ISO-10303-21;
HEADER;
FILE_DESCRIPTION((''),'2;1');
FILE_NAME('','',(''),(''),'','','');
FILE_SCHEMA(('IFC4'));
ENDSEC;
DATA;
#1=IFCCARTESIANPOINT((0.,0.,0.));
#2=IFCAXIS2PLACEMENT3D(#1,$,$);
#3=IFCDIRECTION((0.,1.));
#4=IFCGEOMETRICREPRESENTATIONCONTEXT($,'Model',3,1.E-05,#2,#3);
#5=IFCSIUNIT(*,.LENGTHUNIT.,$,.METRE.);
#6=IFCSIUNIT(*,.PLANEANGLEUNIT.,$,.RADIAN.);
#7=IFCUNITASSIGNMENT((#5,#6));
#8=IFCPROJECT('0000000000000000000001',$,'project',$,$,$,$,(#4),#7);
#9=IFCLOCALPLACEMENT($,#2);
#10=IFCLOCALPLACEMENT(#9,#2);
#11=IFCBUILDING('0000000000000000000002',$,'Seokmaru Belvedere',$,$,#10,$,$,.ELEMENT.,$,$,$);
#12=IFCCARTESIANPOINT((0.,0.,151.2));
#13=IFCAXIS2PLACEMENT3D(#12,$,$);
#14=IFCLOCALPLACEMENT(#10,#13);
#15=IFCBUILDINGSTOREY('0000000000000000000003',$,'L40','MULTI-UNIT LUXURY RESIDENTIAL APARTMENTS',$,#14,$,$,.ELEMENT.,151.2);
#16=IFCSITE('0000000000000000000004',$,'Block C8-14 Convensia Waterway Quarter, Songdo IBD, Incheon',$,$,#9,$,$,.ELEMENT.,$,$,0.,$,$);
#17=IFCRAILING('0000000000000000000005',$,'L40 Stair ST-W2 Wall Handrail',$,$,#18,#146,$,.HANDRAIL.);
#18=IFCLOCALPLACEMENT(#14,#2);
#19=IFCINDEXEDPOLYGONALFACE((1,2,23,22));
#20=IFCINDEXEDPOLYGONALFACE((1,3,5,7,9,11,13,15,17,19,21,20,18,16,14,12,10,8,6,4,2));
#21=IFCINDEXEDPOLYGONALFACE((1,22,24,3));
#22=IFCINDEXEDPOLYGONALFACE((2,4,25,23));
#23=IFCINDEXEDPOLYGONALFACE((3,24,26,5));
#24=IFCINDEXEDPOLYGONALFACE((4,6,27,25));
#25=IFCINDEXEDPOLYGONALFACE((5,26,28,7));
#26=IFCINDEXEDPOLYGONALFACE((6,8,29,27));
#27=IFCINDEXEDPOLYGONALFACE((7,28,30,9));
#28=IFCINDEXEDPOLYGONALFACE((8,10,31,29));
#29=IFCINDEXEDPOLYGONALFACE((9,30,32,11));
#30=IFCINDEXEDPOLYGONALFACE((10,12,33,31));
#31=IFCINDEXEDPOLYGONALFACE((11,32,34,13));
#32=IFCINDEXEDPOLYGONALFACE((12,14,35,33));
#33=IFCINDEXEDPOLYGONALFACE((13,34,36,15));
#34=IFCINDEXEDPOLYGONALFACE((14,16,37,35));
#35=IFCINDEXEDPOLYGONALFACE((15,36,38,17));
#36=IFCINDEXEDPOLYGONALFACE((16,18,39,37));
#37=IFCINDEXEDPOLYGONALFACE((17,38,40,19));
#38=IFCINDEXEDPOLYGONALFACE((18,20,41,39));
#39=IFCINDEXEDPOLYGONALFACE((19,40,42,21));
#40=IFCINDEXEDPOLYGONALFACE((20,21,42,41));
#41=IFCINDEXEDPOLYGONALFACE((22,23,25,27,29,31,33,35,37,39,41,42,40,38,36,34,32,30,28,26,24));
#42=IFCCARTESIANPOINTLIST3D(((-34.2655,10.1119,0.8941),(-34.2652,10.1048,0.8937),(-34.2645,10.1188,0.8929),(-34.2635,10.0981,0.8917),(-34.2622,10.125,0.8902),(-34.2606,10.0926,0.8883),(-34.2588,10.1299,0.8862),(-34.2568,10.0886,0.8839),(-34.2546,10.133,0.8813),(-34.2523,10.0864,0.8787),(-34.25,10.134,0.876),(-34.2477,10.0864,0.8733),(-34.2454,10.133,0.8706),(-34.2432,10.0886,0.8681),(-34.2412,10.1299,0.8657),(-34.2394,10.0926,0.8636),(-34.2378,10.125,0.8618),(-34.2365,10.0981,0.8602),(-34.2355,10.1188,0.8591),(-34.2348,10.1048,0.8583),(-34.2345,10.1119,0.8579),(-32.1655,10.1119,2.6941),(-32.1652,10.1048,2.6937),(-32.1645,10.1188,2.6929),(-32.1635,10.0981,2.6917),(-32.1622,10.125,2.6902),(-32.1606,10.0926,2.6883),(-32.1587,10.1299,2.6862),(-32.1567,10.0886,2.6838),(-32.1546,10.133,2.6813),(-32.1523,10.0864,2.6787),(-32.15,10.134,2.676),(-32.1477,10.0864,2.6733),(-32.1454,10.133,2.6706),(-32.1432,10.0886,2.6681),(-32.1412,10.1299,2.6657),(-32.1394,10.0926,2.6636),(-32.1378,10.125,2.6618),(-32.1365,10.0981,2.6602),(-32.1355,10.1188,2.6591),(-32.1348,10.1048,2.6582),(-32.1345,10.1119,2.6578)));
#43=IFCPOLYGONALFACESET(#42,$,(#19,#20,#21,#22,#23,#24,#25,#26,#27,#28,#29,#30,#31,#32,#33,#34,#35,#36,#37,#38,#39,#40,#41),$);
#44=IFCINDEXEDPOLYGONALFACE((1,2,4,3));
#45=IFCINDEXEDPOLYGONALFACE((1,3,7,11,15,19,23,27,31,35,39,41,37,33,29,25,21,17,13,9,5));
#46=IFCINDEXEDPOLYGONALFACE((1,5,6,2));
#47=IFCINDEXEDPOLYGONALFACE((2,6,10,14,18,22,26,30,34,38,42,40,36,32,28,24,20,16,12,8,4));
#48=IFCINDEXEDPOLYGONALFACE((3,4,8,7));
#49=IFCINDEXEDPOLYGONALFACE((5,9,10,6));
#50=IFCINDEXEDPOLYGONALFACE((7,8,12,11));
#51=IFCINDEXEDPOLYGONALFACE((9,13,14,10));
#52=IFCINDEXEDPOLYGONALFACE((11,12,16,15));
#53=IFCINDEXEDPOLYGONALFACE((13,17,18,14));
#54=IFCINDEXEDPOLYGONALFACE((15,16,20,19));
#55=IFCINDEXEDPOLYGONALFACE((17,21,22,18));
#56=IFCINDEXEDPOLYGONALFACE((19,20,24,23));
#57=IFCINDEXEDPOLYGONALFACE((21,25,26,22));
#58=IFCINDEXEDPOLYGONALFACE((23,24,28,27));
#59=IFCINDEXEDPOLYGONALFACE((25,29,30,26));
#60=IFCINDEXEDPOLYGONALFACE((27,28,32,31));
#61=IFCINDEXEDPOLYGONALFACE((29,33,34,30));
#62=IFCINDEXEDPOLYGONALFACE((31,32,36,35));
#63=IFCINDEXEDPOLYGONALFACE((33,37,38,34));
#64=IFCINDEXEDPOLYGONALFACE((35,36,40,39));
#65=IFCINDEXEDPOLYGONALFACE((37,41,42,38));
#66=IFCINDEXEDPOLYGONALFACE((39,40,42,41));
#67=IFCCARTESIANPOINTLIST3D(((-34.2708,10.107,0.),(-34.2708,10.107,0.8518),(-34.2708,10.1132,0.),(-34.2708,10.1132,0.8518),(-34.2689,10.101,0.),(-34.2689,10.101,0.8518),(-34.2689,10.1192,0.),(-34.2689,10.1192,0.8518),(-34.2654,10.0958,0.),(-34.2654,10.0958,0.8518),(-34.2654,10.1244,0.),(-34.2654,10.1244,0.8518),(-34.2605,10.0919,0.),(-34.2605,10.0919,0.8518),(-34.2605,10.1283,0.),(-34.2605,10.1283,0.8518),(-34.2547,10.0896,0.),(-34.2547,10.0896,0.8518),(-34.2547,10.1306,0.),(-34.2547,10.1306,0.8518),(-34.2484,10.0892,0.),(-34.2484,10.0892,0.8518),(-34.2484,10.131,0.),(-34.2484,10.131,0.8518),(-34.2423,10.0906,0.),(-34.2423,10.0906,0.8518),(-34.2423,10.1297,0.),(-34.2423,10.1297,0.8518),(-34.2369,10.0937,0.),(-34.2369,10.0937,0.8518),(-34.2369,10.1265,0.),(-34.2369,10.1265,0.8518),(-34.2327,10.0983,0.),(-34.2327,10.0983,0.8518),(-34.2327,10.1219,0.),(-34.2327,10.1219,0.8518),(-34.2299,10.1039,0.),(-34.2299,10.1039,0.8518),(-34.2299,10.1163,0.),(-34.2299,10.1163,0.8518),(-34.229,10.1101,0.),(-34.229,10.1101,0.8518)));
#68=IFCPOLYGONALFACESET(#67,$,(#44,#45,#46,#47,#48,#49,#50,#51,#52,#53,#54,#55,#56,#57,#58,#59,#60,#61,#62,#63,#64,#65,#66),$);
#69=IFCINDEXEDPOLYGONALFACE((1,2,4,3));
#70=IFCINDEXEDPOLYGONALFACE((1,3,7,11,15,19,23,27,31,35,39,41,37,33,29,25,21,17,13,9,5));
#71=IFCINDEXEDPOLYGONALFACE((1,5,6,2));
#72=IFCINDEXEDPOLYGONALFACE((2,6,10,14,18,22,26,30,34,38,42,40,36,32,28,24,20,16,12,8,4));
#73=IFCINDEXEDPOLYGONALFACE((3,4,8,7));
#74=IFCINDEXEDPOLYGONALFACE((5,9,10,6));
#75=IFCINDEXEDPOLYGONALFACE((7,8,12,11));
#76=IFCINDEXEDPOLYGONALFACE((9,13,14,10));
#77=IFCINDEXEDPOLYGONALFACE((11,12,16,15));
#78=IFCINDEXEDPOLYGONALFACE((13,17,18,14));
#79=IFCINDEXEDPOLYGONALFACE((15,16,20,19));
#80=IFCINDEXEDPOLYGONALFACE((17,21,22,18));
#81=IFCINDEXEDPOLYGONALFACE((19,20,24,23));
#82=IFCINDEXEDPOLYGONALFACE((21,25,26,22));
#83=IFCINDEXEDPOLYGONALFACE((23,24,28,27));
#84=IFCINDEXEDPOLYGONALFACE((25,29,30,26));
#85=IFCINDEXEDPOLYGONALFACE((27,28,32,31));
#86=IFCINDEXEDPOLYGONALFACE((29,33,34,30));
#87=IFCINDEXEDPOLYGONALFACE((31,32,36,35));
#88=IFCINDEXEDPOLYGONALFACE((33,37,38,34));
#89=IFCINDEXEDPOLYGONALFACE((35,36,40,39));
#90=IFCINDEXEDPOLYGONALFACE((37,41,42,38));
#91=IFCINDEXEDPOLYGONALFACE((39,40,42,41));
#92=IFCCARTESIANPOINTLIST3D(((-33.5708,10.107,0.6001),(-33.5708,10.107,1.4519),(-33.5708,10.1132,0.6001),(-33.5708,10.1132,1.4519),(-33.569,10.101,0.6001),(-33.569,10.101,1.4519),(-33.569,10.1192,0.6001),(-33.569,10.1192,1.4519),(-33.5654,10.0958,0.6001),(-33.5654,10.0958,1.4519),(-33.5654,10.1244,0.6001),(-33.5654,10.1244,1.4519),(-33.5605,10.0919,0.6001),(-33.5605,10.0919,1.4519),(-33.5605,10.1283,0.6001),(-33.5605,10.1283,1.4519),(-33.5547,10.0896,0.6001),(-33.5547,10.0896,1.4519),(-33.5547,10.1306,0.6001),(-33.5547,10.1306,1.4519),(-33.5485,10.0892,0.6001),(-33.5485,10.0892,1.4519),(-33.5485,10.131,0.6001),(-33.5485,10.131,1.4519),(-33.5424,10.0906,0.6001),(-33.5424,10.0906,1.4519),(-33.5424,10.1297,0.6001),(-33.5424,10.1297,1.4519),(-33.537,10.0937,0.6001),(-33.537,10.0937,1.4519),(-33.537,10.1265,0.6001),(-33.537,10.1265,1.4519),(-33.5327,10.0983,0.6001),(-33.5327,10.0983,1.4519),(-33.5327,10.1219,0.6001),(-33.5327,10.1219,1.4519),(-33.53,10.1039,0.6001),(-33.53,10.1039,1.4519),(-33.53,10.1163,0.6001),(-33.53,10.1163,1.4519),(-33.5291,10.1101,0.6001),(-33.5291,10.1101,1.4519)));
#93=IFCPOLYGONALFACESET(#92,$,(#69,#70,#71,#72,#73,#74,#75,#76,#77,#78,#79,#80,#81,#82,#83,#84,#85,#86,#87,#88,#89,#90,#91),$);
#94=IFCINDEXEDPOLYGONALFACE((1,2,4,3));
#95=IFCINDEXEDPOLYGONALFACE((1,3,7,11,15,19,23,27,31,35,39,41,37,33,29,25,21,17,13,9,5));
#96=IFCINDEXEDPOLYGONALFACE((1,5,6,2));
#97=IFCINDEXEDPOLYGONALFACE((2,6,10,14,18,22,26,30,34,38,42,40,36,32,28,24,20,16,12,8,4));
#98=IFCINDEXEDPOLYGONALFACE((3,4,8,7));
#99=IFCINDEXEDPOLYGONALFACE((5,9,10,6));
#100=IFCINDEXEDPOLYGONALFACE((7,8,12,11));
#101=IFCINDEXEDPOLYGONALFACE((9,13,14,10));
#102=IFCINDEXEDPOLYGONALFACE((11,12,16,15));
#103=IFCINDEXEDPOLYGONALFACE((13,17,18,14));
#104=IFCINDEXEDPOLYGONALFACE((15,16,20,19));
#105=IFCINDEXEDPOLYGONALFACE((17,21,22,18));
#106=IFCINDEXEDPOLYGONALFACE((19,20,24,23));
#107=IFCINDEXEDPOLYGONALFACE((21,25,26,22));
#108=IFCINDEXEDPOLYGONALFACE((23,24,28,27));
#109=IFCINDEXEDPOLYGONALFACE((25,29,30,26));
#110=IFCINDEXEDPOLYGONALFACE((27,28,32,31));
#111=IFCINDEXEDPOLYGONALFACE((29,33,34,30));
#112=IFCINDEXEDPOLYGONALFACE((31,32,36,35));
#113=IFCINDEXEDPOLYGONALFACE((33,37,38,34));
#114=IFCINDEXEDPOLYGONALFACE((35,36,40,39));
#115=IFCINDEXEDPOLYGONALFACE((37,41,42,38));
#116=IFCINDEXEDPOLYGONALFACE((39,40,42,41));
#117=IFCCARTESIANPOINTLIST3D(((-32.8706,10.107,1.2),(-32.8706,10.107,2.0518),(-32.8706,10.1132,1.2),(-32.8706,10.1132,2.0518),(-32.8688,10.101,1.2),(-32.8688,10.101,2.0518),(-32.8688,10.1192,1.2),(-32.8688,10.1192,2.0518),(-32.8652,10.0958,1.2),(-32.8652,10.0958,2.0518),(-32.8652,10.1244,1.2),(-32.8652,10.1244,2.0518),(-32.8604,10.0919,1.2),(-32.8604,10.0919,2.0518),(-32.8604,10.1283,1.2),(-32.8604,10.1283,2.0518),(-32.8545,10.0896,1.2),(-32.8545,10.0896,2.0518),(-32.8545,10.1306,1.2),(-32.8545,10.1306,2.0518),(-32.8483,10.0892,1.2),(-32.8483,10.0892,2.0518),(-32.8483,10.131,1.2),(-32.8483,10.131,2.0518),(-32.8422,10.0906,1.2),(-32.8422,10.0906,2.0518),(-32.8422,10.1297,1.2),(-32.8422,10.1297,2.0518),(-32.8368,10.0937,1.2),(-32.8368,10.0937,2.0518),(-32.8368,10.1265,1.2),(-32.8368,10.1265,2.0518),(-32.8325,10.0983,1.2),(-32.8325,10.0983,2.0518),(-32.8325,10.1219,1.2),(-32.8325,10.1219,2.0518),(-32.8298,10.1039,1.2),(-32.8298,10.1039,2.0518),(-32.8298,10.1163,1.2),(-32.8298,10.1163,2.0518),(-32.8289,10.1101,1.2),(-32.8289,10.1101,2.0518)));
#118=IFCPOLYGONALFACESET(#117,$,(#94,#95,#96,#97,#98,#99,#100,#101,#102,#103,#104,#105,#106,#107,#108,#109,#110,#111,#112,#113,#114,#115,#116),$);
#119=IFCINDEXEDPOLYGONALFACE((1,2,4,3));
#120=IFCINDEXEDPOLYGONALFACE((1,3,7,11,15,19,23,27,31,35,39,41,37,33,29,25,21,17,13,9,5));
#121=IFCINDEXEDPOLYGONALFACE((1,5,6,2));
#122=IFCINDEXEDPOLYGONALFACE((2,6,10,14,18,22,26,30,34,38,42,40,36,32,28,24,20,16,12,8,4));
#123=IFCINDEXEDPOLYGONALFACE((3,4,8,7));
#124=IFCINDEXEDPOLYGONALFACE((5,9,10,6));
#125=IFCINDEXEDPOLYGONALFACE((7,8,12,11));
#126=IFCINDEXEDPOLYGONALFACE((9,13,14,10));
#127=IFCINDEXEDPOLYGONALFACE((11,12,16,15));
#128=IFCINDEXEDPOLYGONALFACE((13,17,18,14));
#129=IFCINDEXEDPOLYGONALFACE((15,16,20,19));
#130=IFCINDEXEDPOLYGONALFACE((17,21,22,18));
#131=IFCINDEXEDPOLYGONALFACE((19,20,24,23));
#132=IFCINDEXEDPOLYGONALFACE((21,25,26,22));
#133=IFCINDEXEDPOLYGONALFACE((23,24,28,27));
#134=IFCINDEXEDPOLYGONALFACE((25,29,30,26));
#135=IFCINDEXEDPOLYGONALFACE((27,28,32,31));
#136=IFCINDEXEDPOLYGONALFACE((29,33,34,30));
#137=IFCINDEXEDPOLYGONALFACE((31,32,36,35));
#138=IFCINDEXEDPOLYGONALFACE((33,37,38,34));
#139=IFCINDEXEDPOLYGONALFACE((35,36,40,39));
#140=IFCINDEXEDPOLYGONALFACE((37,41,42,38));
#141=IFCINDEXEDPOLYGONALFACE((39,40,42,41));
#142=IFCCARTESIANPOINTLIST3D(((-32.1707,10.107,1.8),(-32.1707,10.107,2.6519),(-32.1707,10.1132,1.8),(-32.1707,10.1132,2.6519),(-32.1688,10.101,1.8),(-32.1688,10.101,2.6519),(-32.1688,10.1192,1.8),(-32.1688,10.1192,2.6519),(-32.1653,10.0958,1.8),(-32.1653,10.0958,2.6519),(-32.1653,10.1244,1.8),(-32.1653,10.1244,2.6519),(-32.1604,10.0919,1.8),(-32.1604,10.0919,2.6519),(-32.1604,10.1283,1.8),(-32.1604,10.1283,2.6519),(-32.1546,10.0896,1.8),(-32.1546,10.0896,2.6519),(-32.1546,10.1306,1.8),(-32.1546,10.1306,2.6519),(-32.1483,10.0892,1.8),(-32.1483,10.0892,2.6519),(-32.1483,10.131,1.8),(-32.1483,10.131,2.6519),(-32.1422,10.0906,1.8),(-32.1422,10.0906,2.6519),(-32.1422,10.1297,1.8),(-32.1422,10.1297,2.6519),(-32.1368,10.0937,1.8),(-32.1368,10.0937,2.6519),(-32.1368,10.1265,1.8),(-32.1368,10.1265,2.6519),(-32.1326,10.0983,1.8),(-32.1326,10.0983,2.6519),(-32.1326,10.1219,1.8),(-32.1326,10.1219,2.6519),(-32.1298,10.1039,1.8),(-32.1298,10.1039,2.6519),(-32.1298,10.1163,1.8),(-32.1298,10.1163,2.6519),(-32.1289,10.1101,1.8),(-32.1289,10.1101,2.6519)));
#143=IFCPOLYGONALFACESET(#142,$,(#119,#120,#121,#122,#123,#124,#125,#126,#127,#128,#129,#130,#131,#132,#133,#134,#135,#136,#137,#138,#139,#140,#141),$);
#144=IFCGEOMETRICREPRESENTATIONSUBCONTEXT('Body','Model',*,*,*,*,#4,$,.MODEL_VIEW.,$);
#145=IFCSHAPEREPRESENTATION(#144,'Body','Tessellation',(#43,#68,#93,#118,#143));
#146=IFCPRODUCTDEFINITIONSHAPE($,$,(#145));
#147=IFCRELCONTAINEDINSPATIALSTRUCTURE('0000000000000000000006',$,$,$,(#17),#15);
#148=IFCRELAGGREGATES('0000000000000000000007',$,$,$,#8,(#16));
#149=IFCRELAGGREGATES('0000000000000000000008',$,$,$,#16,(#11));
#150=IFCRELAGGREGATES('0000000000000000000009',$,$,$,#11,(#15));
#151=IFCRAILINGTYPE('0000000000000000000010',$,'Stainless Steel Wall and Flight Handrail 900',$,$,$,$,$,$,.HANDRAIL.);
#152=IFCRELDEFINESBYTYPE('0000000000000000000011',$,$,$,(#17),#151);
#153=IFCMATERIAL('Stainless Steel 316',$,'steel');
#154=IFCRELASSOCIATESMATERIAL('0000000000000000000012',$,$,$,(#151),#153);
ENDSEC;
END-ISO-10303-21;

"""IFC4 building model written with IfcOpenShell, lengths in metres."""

from ifc_helpers import new_model, si_unit, direction, frame, origin, origin_2d, place, context, subcontext, project, spatial, circle, extrude, material, type_object, element, save


model = new_model("IFC4")

# Units and contexts
model_context = context("Model", 3, precision=1e-05, world=origin(), true_north=direction((0.0, 1.0)))
body_context = subcontext(model_context, "Body", "Model", "MODEL_VIEW")
ifc_project = project(units=[si_unit("LENGTHUNIT", "METRE"), si_unit("PLANEANGLEUNIT", "RADIAN")], contexts=[model_context])

# Site, building, storey
site_placement = place(None, origin())
site = spatial("IfcSite", under=ifc_project, at=site_placement, Name="Block C8-14 Convensia Waterway Quarter, Songdo IBD, Incheon", CompositionType="ELEMENT", RefElevation=0.0)
building_placement = place(site_placement, origin())
building = spatial("IfcBuilding", under=site, at=building_placement, Name="Seokmaru Belvedere", CompositionType="ELEMENT")
storey_placement = place(building_placement, frame((0.0, 0.0, 151.2)))
storey = spatial("IfcBuildingStorey", under=building, at=storey_placement, Name="L40", Description="MULTI-UNIT LUXURY RESIDENTIAL APARTMENTS", CompositionType="ELEMENT", Elevation=151.2)

# Railing
ifc_material_1 = material(Name="Stainless Steel 316", Category="steel")
railing_type_1 = type_object("IfcRailingType", Name="Stainless Steel Wall and Flight Handrail 900", PredefinedType="HANDRAIL", material=ifc_material_1)
railing_1_placement = place(storey_placement, frame((-34.25, 10.1101, 0.0)))
element("IfcRailing", 1, at=railing_1_placement, inside=storey, type_object=railing_type_1, Name="L40 Stair ST-W2 Wall Handrail", PredefinedType="HANDRAIL", context=body_context, shape_type="SweptSolid", body=[
    extrude(circle(Radius=0.0239, at=origin_2d()), frame((0.0, 0.0, 0.876), z_axis=(0.759263, 0.0, 0.650784), x_axis=(0.0, 1.0, 0.0)), (0.0, 0.0, 1.0), 2.7659),
    extrude(circle(Radius=0.021, at=origin_2d()), origin(), (0.0, 0.0, 1.0), 0.8518),
    extrude(circle(Radius=0.021, at=origin_2d()), frame((0.7, 0.0, 0.6001)), (0.0, 0.0, 1.0), 0.8518),
    extrude(circle(Radius=0.021, at=origin_2d()), frame((1.4001, 0.0, 1.2)), (0.0, 0.0, 1.0), 0.8518),
    extrude(circle(Radius=0.021, at=origin_2d()), frame((2.1001, 0.0, 1.8)), (0.0, 0.0, 1.0), 0.8518),
])

save(model, "model.ifc")
